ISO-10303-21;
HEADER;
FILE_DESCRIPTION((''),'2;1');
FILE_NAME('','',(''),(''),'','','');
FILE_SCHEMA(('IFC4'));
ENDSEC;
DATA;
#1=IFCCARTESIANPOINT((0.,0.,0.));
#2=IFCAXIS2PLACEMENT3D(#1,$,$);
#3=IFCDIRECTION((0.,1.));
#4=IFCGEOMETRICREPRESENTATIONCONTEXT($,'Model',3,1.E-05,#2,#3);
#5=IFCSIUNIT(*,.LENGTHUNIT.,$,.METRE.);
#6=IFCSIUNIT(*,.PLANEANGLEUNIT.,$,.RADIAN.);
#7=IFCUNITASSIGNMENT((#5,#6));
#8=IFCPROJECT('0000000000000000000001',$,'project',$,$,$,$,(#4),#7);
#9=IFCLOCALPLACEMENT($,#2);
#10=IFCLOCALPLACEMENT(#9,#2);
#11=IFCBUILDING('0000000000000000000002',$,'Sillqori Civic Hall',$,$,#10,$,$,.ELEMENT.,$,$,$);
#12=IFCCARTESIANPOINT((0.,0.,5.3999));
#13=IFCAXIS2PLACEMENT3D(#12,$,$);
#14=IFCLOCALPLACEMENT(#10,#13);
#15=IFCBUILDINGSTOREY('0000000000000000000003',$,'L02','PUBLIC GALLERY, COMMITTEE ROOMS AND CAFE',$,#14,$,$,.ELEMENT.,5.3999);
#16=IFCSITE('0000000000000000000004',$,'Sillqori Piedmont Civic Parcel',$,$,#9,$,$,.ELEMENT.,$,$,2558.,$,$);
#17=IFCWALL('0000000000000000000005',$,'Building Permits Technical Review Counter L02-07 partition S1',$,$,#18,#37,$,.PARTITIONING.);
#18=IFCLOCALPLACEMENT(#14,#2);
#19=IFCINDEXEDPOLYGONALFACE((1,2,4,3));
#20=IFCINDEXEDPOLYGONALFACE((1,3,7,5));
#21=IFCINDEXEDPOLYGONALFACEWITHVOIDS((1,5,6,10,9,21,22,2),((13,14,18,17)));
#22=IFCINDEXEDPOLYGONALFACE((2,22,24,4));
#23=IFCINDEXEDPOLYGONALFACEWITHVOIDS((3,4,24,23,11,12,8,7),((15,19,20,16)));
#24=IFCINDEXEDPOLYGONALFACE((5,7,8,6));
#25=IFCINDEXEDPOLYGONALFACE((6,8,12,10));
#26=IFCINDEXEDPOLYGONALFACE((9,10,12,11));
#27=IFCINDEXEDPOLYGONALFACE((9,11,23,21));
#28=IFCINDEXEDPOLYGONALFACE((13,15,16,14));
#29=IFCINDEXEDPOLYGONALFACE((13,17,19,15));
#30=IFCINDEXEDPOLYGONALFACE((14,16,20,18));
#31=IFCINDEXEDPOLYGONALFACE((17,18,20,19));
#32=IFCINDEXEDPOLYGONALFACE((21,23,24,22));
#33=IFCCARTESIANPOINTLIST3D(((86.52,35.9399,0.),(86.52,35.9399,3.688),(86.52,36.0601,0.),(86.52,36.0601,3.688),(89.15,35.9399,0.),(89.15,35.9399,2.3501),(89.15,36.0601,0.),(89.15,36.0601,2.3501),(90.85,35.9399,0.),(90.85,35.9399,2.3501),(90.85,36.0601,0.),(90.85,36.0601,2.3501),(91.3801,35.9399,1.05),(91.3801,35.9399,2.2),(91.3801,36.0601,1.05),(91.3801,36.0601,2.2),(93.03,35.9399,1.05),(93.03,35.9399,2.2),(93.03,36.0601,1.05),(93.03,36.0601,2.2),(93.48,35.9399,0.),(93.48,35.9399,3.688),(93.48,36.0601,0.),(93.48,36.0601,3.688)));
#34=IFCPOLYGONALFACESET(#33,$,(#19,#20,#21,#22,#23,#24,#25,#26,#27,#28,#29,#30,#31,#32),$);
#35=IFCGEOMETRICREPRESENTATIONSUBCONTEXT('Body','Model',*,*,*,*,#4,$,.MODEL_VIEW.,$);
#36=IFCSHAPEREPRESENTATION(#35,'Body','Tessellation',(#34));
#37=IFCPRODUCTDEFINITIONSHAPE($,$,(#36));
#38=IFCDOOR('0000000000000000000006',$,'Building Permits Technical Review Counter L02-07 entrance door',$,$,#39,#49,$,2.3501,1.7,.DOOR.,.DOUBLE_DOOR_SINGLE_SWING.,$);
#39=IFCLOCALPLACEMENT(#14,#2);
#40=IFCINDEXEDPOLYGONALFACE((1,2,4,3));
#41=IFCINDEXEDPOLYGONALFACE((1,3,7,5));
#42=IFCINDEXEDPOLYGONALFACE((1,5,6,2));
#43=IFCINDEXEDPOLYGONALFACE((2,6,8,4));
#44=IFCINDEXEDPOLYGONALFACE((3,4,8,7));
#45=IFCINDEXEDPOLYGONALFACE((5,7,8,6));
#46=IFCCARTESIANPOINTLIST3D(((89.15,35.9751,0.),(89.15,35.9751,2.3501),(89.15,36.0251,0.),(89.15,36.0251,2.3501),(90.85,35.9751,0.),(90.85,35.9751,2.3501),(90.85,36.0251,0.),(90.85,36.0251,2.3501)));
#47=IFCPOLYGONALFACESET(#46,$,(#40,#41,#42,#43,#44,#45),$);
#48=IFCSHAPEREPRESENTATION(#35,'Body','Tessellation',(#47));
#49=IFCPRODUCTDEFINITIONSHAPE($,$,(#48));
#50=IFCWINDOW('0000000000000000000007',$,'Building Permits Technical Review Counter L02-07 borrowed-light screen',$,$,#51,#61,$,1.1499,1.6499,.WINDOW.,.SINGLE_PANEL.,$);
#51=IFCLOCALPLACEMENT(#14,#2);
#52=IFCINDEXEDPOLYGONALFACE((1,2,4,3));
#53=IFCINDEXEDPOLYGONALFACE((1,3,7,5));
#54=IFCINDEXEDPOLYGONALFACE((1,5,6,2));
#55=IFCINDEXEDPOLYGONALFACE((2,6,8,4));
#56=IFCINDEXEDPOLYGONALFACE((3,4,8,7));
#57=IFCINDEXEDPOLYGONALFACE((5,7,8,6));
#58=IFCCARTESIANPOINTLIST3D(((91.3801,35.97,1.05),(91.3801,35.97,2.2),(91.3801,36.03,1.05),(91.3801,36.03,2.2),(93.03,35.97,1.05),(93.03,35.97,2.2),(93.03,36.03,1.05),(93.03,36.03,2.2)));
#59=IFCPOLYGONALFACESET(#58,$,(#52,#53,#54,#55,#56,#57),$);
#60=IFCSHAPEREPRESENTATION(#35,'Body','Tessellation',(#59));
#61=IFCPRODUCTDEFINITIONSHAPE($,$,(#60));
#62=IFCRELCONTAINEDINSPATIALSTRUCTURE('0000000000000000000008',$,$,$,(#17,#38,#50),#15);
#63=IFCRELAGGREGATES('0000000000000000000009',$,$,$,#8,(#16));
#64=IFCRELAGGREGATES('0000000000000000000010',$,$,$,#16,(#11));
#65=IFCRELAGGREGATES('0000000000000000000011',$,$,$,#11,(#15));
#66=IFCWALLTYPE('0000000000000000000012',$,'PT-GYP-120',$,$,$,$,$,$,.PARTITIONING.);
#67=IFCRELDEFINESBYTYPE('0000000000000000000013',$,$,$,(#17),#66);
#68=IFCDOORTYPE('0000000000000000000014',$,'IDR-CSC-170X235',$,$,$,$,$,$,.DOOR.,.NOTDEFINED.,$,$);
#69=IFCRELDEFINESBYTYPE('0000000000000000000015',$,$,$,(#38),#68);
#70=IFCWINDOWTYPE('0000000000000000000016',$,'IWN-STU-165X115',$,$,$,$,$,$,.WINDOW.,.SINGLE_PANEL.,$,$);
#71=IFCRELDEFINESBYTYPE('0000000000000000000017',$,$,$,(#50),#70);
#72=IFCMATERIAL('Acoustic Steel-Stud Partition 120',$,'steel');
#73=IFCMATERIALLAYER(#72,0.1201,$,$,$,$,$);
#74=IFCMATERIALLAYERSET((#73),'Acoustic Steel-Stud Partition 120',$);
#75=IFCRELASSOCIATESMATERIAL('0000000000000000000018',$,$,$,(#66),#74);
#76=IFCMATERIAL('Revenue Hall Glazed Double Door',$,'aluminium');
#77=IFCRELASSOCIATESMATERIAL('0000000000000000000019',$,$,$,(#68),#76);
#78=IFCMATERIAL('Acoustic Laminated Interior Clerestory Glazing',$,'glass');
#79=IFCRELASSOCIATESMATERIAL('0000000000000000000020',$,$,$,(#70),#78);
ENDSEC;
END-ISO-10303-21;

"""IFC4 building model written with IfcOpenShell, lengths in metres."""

from ifc_helpers import new_model, si_unit, direction, frame, frame_2d, origin, place, context, subcontext, project, spatial, rectangle, extrude, material, layer, layer_set, type_object, element, fill, save


model = new_model("IFC4")

# Units and contexts
model_context = context("Model", 3, precision=1e-05, world=origin(), true_north=direction((0.0, 1.0)))
body_context = subcontext(model_context, "Body", "Model", "MODEL_VIEW")
ifc_project = project(units=[si_unit("LENGTHUNIT", "METRE"), si_unit("PLANEANGLEUNIT", "RADIAN")], contexts=[model_context])

# Site, building, storey
site_placement = place(None, origin())
site = spatial("IfcSite", under=ifc_project, at=site_placement, Name="Sillqori Piedmont Civic Parcel", CompositionType="ELEMENT", RefElevation=2558.0)
building_placement = place(site_placement, origin())
building = spatial("IfcBuilding", under=site, at=building_placement, Name="Sillqori Civic Hall", CompositionType="ELEMENT")
storey_placement = place(building_placement, frame((0.0, 0.0, 5.3999)))
storey = spatial("IfcBuildingStorey", under=building, at=storey_placement, Name="L02", Description="PUBLIC GALLERY, COMMITTEE ROOMS AND CAFE", CompositionType="ELEMENT", Elevation=5.3999)

# Wall, openings, door, window
ifc_material_1 = material(Name="Acoustic Steel-Stud Partition 120", Category="steel")
ifc_layer_1 = layer(ifc_material_1, 0.1201)
ifc_layer_set_1 = layer_set([ifc_layer_1], Name="Acoustic Steel-Stud Partition 120")
wall_type_1 = type_object("IfcWallType", Name="PT-GYP-120", PredefinedType="PARTITIONING", material=ifc_layer_set_1)
wall_1_placement = place(storey_placement, frame((93.48, 36.0, 0.0), z_axis=(0.0, 0.0, 1.0), x_axis=(-1.0, 0.0, 0.0)))
wall_1 = element("IfcWall", 1, at=wall_1_placement, inside=storey, type_object=wall_type_1, Name="Building Permits Technical Review Counter L02-07 partition S1", PredefinedType="PARTITIONING", context=body_context, shape_type="SweptSolid", body=[
    extrude(rectangle(XDim=6.96, YDim=0.1201, at=frame_2d((3.48, 0.0))), origin(), (0.0, 0.0, 1.0), 3.688),
])
opening_1_placement = place(wall_1_placement, frame((2.6299, 0.0, 0.0)))
opening_1 = element("IfcOpeningElement", 2, at=opening_1_placement, cuts=wall_1, PredefinedType="OPENING", context=body_context, shape_type="SweptSolid", body=[
    extrude(rectangle(XDim=1.7, YDim=2.3501, at=frame_2d((0.8501, 1.175))), frame((0.0, 0.0701, 0.0), z_axis=(0.0, -1.0, 0.0), x_axis=(1.0, 0.0, 0.0)), (0.0, 0.0, 1.0), 0.1401),
])
opening_2_placement = place(wall_1_placement, frame((0.45, 0.0, 1.05)))
opening_2 = element("IfcOpeningElement", 3, at=opening_2_placement, cuts=wall_1, PredefinedType="OPENING", context=body_context, shape_type="SweptSolid", body=[
    extrude(rectangle(XDim=1.6499, YDim=1.1499, at=frame_2d((0.825, 0.575))), frame((0.0, 0.0701, 0.0), z_axis=(0.0, -1.0, 0.0), x_axis=(1.0, 0.0, 0.0)), (0.0, 0.0, 1.0), 0.1401),
])
ifc_material_2 = material(Name="Revenue Hall Glazed Double Door", Category="aluminium")
door_type = type_object("IfcDoorType", Name="IDR-CSC-170X235", OperationType="NOTDEFINED", PredefinedType="DOOR", material=ifc_material_2)
door_placement = place(opening_1_placement, origin())
door = element("IfcDoor", 4, at=door_placement, inside=storey, type_object=door_type, Name="Building Permits Technical Review Counter L02-07 entrance door", OperationType="DOUBLE_DOOR_SINGLE_SWING", OverallHeight=2.3501, OverallWidth=1.7, PredefinedType="DOOR", context=body_context, shape_type="SweptSolid", body=[
    extrude(rectangle(XDim=1.7, YDim=2.3501, at=frame_2d((0.8501, 1.175))), frame((0.0, 0.0249, 0.0), z_axis=(0.0, -1.0, 0.0), x_axis=(1.0, 0.0, 0.0)), (0.0, 0.0, 1.0), 0.05),
])
fill(opening_1, door)
ifc_material_3 = material(Name="Acoustic Laminated Interior Clerestory Glazing", Category="glass")
window_type = type_object("IfcWindowType", Name="IWN-STU-165X115", PartitioningType="SINGLE_PANEL", PredefinedType="WINDOW", material=ifc_material_3)
window_placement = place(opening_2_placement, origin())
window = element("IfcWindow", 5, at=window_placement, inside=storey, type_object=window_type, Name="Building Permits Technical Review Counter L02-07 borrowed-light screen", OverallHeight=1.1499, OverallWidth=1.6499, PartitioningType="SINGLE_PANEL", PredefinedType="WINDOW", context=body_context, shape_type="SweptSolid", body=[
    extrude(rectangle(XDim=1.6499, YDim=1.1499, at=frame_2d((0.825, 0.575))), frame((0.0, 0.03, 0.0), z_axis=(0.0, -1.0, 0.0), x_axis=(1.0, 0.0, 0.0)), (0.0, 0.0, 1.0), 0.0601),
])
fill(opening_2, window)

save(model, "model.ifc")
